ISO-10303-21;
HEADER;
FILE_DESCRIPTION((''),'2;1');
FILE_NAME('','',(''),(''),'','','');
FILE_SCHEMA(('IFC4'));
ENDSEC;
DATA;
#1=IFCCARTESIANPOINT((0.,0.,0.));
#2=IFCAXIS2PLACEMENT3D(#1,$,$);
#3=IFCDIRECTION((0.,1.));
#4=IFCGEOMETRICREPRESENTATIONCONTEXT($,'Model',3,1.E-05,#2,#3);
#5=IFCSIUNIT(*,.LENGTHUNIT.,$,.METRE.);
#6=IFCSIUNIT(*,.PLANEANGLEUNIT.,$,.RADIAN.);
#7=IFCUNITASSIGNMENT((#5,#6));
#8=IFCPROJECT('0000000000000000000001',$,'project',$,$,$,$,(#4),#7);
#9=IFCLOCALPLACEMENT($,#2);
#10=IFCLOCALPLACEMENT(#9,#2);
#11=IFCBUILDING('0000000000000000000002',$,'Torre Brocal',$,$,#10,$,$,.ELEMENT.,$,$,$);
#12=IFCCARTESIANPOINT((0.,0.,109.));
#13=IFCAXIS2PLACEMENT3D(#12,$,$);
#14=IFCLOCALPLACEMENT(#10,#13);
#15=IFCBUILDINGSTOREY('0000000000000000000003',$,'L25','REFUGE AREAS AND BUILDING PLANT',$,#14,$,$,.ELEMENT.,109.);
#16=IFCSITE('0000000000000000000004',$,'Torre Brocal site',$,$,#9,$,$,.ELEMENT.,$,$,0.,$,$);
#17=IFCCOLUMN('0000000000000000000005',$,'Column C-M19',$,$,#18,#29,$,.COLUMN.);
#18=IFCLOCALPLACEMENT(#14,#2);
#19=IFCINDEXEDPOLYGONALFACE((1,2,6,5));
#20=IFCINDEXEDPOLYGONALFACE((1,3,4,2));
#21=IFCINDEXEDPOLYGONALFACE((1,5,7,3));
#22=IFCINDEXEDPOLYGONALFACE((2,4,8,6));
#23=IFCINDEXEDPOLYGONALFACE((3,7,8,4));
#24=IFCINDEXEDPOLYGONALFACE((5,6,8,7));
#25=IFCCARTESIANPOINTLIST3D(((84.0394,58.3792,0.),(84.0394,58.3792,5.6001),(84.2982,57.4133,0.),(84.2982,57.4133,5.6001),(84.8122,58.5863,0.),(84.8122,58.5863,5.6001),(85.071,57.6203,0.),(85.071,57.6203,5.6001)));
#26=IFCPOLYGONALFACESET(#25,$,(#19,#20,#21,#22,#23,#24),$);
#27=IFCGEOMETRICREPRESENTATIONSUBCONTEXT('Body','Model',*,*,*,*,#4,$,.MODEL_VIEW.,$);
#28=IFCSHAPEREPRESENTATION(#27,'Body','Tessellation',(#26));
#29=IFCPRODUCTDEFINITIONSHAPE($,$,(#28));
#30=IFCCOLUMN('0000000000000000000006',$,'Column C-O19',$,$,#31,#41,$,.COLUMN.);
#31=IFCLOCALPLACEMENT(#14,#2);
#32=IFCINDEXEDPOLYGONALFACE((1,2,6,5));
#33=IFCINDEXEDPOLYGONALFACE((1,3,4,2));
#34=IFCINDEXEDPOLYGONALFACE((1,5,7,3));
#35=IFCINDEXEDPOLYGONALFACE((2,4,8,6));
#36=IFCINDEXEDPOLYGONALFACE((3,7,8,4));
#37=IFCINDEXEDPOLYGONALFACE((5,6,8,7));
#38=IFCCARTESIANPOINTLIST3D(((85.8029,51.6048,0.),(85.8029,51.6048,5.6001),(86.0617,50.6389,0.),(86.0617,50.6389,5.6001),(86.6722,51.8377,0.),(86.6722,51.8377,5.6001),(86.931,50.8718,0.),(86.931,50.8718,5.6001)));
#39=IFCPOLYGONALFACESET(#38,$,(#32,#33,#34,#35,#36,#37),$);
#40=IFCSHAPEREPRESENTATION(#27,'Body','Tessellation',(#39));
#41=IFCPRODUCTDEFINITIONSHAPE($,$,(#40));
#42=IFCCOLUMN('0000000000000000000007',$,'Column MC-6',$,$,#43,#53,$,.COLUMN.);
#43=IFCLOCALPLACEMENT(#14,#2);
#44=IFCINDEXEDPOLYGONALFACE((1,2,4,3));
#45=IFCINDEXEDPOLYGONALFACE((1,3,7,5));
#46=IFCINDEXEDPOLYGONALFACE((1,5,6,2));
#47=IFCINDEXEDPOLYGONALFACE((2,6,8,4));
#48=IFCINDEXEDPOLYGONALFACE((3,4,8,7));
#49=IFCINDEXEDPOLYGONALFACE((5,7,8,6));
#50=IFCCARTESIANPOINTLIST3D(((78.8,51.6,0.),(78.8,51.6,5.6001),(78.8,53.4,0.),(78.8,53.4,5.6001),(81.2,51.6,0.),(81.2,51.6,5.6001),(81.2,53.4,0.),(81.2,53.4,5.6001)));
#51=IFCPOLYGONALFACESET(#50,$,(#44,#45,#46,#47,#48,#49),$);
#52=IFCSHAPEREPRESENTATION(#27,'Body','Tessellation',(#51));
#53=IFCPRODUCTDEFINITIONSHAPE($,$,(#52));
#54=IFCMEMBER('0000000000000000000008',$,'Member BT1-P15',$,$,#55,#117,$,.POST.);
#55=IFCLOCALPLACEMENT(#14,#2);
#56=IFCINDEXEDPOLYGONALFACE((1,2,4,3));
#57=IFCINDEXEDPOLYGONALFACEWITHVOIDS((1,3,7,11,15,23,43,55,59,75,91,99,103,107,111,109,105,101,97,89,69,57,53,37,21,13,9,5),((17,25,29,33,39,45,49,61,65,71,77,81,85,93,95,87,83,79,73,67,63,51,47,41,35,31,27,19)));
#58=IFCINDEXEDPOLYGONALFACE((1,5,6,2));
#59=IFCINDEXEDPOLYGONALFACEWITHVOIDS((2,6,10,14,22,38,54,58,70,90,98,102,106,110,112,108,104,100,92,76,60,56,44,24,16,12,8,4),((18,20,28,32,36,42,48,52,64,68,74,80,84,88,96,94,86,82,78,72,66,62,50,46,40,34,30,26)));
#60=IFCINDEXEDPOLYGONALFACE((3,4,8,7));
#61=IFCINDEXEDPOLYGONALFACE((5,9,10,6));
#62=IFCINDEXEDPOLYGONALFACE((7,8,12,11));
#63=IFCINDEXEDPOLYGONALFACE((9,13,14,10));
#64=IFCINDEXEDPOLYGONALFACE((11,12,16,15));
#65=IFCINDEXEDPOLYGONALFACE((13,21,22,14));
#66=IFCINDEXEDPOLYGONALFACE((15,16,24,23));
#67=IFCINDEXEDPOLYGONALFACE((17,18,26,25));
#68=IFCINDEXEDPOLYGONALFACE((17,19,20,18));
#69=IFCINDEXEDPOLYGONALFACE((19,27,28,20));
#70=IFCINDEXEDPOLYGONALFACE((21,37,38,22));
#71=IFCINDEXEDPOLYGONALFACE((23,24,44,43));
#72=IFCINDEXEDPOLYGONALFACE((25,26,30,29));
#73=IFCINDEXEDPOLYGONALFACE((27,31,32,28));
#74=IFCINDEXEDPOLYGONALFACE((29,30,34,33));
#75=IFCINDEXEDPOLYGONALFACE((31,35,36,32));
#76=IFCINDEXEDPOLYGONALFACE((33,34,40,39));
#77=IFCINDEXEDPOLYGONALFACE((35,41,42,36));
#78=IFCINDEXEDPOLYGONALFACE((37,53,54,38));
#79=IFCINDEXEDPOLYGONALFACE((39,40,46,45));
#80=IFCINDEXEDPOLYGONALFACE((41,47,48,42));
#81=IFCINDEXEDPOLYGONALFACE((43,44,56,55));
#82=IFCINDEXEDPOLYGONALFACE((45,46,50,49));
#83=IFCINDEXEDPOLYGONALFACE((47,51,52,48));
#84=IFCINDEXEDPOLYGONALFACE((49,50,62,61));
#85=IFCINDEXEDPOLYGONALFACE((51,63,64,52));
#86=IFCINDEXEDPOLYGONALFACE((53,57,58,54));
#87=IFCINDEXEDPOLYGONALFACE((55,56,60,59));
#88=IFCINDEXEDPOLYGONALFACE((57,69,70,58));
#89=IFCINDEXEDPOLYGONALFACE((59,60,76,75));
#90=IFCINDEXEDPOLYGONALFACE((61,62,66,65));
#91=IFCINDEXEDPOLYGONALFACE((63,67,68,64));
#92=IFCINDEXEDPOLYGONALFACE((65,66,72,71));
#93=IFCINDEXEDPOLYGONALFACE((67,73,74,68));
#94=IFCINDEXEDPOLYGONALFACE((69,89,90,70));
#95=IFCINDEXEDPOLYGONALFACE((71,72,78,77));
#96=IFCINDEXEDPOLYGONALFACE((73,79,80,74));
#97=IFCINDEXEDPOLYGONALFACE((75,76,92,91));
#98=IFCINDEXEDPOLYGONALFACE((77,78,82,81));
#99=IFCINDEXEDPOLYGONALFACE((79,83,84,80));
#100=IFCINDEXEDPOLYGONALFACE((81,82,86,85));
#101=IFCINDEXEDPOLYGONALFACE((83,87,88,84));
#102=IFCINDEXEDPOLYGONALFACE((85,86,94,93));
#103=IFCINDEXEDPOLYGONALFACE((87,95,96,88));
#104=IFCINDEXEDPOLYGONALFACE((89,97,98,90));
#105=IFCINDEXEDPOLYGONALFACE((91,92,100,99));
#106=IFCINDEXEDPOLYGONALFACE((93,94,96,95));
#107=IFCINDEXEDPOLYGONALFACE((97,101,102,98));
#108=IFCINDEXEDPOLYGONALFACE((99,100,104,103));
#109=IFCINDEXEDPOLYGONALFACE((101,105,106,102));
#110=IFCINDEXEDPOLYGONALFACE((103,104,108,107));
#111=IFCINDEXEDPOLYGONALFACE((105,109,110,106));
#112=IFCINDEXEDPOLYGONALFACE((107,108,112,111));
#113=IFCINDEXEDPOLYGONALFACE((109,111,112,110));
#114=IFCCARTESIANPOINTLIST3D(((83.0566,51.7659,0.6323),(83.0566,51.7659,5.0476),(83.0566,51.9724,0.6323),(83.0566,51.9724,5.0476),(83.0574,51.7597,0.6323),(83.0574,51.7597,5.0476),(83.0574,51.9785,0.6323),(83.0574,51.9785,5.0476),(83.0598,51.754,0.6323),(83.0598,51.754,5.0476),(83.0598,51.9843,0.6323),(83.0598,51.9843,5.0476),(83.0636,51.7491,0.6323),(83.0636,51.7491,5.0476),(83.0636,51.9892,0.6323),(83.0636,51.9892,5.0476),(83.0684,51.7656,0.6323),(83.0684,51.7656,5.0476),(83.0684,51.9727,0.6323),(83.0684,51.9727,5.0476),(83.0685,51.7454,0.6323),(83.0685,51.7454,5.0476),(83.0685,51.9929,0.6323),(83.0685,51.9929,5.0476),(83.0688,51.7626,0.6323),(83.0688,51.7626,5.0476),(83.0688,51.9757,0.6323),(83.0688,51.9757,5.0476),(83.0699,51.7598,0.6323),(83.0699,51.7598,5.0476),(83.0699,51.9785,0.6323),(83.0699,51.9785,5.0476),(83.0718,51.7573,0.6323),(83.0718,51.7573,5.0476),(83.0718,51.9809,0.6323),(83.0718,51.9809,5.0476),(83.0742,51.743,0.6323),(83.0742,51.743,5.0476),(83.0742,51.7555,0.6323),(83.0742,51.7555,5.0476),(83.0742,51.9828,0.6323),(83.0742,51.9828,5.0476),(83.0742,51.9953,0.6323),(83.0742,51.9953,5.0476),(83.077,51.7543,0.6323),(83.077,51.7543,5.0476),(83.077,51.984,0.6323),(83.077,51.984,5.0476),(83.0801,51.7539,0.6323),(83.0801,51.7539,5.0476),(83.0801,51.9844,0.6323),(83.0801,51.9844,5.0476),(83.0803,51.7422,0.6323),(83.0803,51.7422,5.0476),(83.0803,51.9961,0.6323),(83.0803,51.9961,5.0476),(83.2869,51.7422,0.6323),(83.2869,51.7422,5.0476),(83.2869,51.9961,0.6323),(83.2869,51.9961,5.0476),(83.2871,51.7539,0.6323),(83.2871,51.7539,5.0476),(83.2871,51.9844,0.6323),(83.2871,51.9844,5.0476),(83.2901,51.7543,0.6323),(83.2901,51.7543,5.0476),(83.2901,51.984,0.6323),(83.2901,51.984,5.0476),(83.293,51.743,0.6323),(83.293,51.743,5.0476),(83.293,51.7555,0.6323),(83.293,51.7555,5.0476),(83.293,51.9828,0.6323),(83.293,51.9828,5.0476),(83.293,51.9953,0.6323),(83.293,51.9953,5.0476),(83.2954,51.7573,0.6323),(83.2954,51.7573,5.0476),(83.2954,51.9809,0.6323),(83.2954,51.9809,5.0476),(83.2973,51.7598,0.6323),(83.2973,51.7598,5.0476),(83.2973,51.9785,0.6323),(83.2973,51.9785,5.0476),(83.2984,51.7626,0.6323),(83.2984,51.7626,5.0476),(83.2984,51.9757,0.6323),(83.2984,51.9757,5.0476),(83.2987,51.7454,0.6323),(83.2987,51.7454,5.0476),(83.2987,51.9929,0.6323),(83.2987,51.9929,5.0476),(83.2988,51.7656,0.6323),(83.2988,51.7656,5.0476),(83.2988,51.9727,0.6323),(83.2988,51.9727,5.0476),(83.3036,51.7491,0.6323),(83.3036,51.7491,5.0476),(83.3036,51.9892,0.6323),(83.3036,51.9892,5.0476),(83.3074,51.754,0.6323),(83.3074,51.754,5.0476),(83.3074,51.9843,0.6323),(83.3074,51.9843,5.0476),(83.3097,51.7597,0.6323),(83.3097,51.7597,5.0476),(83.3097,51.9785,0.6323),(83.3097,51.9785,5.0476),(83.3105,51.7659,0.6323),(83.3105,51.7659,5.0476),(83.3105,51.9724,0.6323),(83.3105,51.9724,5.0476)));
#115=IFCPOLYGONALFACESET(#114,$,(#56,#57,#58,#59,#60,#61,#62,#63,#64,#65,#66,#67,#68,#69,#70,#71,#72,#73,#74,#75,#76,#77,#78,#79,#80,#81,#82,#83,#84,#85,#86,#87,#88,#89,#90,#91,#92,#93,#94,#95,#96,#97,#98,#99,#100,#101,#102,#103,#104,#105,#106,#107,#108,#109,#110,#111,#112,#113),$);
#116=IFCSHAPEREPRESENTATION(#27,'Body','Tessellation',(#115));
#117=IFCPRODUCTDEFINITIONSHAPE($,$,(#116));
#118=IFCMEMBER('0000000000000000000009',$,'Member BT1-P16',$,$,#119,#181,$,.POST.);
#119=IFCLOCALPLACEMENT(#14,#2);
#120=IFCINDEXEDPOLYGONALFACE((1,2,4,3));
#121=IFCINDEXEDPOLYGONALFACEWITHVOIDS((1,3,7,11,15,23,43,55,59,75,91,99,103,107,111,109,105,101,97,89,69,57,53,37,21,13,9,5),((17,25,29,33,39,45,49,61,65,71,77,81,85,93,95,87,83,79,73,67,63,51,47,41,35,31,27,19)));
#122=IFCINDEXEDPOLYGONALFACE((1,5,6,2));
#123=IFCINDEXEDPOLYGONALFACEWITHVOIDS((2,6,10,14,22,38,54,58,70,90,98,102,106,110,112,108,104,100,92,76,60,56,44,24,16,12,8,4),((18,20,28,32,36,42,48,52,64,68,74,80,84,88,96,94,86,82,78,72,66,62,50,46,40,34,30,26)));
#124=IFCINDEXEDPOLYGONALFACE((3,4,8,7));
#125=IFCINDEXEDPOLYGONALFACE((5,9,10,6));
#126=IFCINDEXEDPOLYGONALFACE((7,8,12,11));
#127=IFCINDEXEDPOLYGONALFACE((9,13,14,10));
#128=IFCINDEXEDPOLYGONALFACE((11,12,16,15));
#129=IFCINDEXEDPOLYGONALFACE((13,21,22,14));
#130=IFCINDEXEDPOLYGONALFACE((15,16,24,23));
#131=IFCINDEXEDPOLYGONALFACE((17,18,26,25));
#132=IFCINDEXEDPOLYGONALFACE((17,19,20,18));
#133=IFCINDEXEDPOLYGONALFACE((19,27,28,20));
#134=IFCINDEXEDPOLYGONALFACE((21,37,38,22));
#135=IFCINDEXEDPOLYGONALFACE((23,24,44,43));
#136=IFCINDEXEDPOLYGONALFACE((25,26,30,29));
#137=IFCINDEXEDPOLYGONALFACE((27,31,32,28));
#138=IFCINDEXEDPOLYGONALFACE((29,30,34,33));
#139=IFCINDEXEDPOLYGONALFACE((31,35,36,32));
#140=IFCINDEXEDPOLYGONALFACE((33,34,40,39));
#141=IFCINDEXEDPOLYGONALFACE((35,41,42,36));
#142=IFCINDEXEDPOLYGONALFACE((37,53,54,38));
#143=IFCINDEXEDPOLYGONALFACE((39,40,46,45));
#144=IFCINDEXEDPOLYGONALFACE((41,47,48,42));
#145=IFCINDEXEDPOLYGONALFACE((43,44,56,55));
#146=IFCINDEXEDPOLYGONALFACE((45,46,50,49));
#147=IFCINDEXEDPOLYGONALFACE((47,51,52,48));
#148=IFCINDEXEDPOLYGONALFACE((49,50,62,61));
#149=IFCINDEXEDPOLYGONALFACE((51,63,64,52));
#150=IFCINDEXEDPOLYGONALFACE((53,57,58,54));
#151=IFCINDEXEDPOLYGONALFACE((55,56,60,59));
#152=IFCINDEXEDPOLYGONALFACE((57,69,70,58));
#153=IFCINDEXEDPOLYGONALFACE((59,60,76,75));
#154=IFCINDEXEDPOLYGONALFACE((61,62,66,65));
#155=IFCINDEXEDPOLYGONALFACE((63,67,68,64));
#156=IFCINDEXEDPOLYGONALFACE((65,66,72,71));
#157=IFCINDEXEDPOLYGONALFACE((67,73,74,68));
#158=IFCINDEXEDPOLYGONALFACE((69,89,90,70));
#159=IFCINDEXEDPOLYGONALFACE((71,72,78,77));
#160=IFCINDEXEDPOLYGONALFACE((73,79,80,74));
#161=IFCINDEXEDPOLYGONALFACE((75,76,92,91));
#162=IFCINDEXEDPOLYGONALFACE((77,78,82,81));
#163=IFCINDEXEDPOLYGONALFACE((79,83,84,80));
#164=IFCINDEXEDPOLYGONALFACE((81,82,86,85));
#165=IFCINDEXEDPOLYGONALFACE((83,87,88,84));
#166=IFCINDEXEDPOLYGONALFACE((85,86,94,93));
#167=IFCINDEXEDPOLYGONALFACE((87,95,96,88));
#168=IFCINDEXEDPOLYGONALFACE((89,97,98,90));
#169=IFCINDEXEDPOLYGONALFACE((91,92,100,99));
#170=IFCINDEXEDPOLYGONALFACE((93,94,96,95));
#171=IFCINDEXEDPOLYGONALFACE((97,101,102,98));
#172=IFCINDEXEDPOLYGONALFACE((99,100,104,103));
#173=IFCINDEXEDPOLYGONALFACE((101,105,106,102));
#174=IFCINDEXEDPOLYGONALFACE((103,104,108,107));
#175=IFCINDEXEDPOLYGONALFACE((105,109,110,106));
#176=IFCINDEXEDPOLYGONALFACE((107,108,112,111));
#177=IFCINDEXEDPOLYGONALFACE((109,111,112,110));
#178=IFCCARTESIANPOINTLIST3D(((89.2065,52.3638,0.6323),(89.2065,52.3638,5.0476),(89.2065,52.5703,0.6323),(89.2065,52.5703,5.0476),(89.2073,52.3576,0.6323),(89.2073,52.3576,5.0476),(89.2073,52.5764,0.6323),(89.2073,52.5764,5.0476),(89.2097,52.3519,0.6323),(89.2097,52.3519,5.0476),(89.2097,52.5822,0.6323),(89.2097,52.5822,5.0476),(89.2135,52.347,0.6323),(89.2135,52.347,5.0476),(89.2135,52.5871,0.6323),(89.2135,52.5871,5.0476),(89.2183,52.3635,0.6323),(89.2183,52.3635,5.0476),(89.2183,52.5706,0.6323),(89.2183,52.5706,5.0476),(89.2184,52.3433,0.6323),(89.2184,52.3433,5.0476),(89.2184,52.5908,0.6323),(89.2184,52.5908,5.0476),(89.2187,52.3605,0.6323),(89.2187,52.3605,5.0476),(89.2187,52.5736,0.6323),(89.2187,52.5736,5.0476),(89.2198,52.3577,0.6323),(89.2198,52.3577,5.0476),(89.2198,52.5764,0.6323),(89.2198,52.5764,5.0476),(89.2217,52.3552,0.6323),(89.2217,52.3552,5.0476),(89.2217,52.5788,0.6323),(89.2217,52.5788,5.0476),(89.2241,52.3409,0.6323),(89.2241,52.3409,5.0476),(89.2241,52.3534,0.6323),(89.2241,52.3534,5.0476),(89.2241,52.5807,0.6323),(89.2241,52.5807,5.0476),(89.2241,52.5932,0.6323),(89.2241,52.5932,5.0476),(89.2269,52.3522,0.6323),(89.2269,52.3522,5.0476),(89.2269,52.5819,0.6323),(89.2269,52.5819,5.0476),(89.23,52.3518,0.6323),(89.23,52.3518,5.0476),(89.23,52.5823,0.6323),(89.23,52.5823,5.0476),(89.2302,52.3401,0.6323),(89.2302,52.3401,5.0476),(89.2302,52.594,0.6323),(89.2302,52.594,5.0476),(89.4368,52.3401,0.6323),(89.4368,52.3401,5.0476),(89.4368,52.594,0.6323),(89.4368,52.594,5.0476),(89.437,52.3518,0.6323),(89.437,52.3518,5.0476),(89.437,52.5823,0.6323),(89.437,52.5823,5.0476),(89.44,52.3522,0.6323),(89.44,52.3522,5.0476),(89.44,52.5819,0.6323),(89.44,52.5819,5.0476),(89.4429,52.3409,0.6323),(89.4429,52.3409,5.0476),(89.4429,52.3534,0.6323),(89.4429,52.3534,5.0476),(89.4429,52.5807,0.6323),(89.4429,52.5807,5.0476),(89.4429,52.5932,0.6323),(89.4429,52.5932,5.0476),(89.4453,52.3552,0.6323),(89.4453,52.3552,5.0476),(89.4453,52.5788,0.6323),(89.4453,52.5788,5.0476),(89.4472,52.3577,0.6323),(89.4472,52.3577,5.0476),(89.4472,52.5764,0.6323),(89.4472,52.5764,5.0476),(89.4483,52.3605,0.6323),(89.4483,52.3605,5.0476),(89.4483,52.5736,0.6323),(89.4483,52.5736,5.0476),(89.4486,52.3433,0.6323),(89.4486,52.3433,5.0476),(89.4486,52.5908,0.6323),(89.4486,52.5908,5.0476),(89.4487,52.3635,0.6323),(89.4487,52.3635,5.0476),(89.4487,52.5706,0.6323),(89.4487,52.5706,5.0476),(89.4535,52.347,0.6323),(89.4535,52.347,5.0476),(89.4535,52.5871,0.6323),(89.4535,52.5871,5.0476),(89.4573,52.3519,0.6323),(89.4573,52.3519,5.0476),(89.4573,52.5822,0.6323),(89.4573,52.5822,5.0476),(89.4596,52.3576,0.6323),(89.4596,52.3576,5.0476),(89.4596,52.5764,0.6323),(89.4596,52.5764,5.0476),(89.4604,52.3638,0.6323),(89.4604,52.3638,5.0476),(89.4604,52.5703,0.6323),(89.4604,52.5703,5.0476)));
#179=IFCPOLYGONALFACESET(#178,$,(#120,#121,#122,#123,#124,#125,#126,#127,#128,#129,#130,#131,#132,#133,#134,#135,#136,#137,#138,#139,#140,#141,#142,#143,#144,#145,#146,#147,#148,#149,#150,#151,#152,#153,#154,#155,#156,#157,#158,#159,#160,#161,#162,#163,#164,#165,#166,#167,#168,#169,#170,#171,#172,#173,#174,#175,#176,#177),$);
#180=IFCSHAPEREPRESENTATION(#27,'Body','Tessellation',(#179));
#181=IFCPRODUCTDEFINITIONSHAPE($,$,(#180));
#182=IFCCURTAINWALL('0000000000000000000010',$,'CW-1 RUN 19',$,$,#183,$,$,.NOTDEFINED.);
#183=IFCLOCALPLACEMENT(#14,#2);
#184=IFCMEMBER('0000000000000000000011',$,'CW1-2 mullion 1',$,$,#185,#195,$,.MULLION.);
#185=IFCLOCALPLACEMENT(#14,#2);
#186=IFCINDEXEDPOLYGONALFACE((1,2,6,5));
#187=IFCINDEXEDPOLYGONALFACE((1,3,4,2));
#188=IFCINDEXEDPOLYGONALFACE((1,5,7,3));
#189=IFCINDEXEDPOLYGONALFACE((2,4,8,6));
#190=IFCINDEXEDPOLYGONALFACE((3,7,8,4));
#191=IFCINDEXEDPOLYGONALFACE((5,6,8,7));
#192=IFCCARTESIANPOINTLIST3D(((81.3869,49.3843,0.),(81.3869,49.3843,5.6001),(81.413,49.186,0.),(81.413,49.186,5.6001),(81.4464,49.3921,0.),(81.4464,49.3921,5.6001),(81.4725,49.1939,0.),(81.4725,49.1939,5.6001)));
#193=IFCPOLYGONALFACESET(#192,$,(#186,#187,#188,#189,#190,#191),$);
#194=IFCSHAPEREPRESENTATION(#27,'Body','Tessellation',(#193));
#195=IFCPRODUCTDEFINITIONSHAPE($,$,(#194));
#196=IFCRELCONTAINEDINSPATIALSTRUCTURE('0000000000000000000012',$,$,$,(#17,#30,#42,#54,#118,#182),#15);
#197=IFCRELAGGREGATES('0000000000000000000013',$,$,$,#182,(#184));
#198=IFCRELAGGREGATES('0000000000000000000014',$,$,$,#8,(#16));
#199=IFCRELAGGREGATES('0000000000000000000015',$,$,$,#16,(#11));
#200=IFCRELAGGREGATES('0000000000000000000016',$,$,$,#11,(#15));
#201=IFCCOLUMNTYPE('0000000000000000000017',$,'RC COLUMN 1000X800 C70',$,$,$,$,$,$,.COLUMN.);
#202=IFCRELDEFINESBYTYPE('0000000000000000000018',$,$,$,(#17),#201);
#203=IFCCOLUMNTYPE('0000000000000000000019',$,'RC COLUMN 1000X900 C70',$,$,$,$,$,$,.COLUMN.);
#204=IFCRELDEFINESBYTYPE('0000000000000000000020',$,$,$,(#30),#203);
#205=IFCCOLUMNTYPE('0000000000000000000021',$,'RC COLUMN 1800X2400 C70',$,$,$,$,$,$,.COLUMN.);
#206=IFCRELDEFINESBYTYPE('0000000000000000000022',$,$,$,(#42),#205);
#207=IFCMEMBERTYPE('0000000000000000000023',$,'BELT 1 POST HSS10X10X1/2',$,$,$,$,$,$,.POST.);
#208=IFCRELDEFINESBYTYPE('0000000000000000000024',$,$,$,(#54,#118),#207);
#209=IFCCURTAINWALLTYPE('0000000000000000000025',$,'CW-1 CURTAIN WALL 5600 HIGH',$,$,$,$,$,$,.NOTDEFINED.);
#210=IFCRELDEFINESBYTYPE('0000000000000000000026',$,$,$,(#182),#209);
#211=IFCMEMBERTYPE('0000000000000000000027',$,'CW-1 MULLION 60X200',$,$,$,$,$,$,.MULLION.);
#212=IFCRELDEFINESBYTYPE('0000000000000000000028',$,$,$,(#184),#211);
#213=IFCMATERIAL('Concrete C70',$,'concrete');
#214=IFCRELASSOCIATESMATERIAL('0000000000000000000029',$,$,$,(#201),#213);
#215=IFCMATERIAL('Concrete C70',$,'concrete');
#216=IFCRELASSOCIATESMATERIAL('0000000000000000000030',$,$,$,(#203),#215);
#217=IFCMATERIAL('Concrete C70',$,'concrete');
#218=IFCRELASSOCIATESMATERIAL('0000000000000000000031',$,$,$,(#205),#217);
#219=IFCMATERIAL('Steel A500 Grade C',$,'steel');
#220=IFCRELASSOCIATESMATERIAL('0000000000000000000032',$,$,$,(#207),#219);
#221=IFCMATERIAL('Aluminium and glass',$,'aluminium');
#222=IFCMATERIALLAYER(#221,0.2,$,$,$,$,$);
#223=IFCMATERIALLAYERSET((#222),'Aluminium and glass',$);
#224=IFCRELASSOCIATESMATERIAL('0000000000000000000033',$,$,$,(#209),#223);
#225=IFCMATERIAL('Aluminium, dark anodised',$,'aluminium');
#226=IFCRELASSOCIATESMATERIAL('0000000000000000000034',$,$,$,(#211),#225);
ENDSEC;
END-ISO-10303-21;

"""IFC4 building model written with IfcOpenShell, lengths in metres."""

from ifc_helpers import new_model, si_unit, direction, frame, origin, origin_2d, place, context, subcontext, project, spatial, rectangle, hollow_rectangle, extrude, material, layer, layer_set, material_profile, profile_set, type_object, element, aggregate, save


model = new_model("IFC4")

# Units and contexts
model_context = context("Model", 3, precision=1e-05, world=origin(), true_north=direction((0.0, 1.0)))
body_context = subcontext(model_context, "Body", "Model", "MODEL_VIEW")
ifc_project = project(units=[si_unit("LENGTHUNIT", "METRE"), si_unit("PLANEANGLEUNIT", "RADIAN")], contexts=[model_context])

# Site, building, storey
site_placement = place(None, origin())
site = spatial("IfcSite", under=ifc_project, at=site_placement, Name="Torre Brocal site", CompositionType="ELEMENT", RefElevation=0.0)
building_placement = place(site_placement, origin())
building = spatial("IfcBuilding", under=site, at=building_placement, Name="Torre Brocal", CompositionType="ELEMENT")
storey_placement = place(building_placement, frame((0.0, 0.0, 109.0)))
storey = spatial("IfcBuildingStorey", under=building, at=storey_placement, Name="L25", Description="REFUGE AREAS AND BUILDING PLANT", CompositionType="ELEMENT", Elevation=109.0)

# Columns
ifc_material_1 = material(Name="Concrete C70", Category="concrete")
ifc_material_profile_1 = material_profile(ifc_material_1, rectangle(XDim=1.0, YDim=0.8, at=origin_2d()), Name="RC 1000X800")
ifc_profile_set_1 = profile_set([ifc_material_profile_1], Name="Concrete C70")
column_type_1 = type_object("IfcColumnType", Name="RC COLUMN 1000X800 C70", PredefinedType="COLUMN", material=ifc_profile_set_1)
column_1_placement = place(storey_placement, frame((84.5552, 57.9998, 0.0), z_axis=(0.0, 0.0, 1.0), x_axis=(0.258819, -0.965926, 0.0)))
element("IfcColumn", 1, at=column_1_placement, inside=storey, type_object=column_type_1, Name="Column C-M19", PredefinedType="COLUMN", context=body_context, shape_type="SweptSolid", body=[
    extrude(rectangle(XDim=1.0, YDim=0.8, at=origin_2d()), origin(), (0.0, 0.0, 1.0), 5.6001),
])
ifc_material_2 = material(Name="Concrete C70", Category="concrete")
ifc_material_profile_2 = material_profile(ifc_material_2, rectangle(XDim=1.0, YDim=0.8999, at=origin_2d()), Name="RC 1000X900")
ifc_profile_set_2 = profile_set([ifc_material_profile_2], Name="Concrete C70")
column_type_2 = type_object("IfcColumnType", Name="RC COLUMN 1000X900 C70", PredefinedType="COLUMN", material=ifc_profile_set_2)
column_2_placement = place(storey_placement, frame((86.3669, 51.2383, 0.0), z_axis=(0.0, 0.0, 1.0), x_axis=(0.258819, -0.965926, 0.0)))
element("IfcColumn", 2, at=column_2_placement, inside=storey, type_object=column_type_2, Name="Column C-O19", PredefinedType="COLUMN", context=body_context, shape_type="SweptSolid", body=[
    extrude(rectangle(XDim=1.0, YDim=0.8999, at=origin_2d()), origin(), (0.0, 0.0, 1.0), 5.6001),
])
ifc_material_3 = material(Name="Concrete C70", Category="concrete")
ifc_material_profile_3 = material_profile(ifc_material_3, rectangle(XDim=1.8, YDim=2.3999, at=origin_2d()), Name="RC 1800X2400")
ifc_profile_set_3 = profile_set([ifc_material_profile_3], Name="Concrete C70")
column_type_3 = type_object("IfcColumnType", Name="RC COLUMN 1800X2400 C70", PredefinedType="COLUMN", material=ifc_profile_set_3)
column_3_placement = place(storey_placement, frame((80.0, 52.5, 0.0), z_axis=(0.0, 0.0, 1.0), x_axis=(0.0, -1.0, 0.0)))
element("IfcColumn", 3, at=column_3_placement, inside=storey, type_object=column_type_3, Name="Column MC-6", PredefinedType="COLUMN", context=body_context, shape_type="SweptSolid", body=[
    extrude(rectangle(XDim=1.8, YDim=2.3999, at=origin_2d()), origin(), (0.0, 0.0, 1.0), 5.6001),
])

# Members
ifc_material_4 = material(Name="Steel A500 Grade C", Category="steel")
ifc_material_profile_4 = material_profile(ifc_material_4, hollow_rectangle(XDim=0.2539, YDim=0.2539, WallThickness=0.0117, InnerFilletRadius=0.0117, OuterFilletRadius=0.0237, at=origin_2d()), Name="HSS10X10X1/2")
ifc_profile_set_4 = profile_set([ifc_material_profile_4], Name="Steel A500 Grade C")
member_type_1 = type_object("IfcMemberType", Name="BELT 1 POST HSS10X10X1/2", PredefinedType="POST", material=ifc_profile_set_4)
for number, where, z_axis, x_axis, name in (
    (4, (83.1836, 51.8691, 0.6323), (0.0, 0.0, 1.0), (1.0, 0.0, 0.0), "Member BT1-P15"),
    (5, (89.3335, 52.467, 0.6323), (0.0, 0.0, 1.0), (1.0, 0.0, 0.0), "Member BT1-P16"),
):
    element("IfcMember", number, at=place(storey_placement, frame(where, z_axis=z_axis, x_axis=x_axis)), inside=storey, type_object=member_type_1, Name=name, PredefinedType="POST", context=body_context, shape_type="SweptSolid", body=[
        extrude(hollow_rectangle(XDim=0.2539, YDim=0.2539, WallThickness=0.0117, InnerFilletRadius=0.0117, OuterFilletRadius=0.0237, at=origin_2d()), origin(), (0.0, 0.0, 1.0), 4.4153),
    ])

# Curtain wall, member
ifc_material_5 = material(Name="Aluminium and glass", Category="aluminium")
ifc_layer_1 = layer(ifc_material_5, 0.2)
ifc_layer_set_1 = layer_set([ifc_layer_1], Name="Aluminium and glass")
curtain_wall_type = type_object("IfcCurtainWallType", Name="CW-1 CURTAIN WALL 5600 HIGH", PredefinedType="NOTDEFINED", material=ifc_layer_set_1)
curtain_wall_1_placement = place(storey_placement, origin())
curtain_wall_1 = element("IfcCurtainWall", 6, at=curtain_wall_1_placement, inside=storey, type_object=curtain_wall_type, Name="CW-1 RUN 19", PredefinedType="NOTDEFINED")
ifc_material_6 = material(Name="Aluminium, dark anodised", Category="aluminium")
ifc_material_profile_5 = material_profile(ifc_material_6, rectangle(XDim=0.2, YDim=0.0601, at=origin_2d()), Name="CW-1 MULLION 60X200")
ifc_profile_set_5 = profile_set([ifc_material_profile_5], Name="Aluminium, dark anodised")
member_type_2 = type_object("IfcMemberType", Name="CW-1 MULLION 60X200", PredefinedType="MULLION", material=ifc_profile_set_5)
member_1_placement = place(storey_placement, frame((81.4297, 49.2891, 0.0), z_axis=(0.0, 0.0, 1.0), x_axis=(-0.130526, 0.991445, 0.0)))
member_1 = element("IfcMember", 7, at=member_1_placement, type_object=member_type_2, Name="CW1-2 mullion 1", PredefinedType="MULLION", context=body_context, shape_type="SweptSolid", body=[
    extrude(rectangle(XDim=0.2, YDim=0.0601, at=origin_2d()), origin(), (0.0, 0.0, 1.0), 5.6001),
])

aggregate(curtain_wall_1, [member_1])

save(model, "model.ifc")
